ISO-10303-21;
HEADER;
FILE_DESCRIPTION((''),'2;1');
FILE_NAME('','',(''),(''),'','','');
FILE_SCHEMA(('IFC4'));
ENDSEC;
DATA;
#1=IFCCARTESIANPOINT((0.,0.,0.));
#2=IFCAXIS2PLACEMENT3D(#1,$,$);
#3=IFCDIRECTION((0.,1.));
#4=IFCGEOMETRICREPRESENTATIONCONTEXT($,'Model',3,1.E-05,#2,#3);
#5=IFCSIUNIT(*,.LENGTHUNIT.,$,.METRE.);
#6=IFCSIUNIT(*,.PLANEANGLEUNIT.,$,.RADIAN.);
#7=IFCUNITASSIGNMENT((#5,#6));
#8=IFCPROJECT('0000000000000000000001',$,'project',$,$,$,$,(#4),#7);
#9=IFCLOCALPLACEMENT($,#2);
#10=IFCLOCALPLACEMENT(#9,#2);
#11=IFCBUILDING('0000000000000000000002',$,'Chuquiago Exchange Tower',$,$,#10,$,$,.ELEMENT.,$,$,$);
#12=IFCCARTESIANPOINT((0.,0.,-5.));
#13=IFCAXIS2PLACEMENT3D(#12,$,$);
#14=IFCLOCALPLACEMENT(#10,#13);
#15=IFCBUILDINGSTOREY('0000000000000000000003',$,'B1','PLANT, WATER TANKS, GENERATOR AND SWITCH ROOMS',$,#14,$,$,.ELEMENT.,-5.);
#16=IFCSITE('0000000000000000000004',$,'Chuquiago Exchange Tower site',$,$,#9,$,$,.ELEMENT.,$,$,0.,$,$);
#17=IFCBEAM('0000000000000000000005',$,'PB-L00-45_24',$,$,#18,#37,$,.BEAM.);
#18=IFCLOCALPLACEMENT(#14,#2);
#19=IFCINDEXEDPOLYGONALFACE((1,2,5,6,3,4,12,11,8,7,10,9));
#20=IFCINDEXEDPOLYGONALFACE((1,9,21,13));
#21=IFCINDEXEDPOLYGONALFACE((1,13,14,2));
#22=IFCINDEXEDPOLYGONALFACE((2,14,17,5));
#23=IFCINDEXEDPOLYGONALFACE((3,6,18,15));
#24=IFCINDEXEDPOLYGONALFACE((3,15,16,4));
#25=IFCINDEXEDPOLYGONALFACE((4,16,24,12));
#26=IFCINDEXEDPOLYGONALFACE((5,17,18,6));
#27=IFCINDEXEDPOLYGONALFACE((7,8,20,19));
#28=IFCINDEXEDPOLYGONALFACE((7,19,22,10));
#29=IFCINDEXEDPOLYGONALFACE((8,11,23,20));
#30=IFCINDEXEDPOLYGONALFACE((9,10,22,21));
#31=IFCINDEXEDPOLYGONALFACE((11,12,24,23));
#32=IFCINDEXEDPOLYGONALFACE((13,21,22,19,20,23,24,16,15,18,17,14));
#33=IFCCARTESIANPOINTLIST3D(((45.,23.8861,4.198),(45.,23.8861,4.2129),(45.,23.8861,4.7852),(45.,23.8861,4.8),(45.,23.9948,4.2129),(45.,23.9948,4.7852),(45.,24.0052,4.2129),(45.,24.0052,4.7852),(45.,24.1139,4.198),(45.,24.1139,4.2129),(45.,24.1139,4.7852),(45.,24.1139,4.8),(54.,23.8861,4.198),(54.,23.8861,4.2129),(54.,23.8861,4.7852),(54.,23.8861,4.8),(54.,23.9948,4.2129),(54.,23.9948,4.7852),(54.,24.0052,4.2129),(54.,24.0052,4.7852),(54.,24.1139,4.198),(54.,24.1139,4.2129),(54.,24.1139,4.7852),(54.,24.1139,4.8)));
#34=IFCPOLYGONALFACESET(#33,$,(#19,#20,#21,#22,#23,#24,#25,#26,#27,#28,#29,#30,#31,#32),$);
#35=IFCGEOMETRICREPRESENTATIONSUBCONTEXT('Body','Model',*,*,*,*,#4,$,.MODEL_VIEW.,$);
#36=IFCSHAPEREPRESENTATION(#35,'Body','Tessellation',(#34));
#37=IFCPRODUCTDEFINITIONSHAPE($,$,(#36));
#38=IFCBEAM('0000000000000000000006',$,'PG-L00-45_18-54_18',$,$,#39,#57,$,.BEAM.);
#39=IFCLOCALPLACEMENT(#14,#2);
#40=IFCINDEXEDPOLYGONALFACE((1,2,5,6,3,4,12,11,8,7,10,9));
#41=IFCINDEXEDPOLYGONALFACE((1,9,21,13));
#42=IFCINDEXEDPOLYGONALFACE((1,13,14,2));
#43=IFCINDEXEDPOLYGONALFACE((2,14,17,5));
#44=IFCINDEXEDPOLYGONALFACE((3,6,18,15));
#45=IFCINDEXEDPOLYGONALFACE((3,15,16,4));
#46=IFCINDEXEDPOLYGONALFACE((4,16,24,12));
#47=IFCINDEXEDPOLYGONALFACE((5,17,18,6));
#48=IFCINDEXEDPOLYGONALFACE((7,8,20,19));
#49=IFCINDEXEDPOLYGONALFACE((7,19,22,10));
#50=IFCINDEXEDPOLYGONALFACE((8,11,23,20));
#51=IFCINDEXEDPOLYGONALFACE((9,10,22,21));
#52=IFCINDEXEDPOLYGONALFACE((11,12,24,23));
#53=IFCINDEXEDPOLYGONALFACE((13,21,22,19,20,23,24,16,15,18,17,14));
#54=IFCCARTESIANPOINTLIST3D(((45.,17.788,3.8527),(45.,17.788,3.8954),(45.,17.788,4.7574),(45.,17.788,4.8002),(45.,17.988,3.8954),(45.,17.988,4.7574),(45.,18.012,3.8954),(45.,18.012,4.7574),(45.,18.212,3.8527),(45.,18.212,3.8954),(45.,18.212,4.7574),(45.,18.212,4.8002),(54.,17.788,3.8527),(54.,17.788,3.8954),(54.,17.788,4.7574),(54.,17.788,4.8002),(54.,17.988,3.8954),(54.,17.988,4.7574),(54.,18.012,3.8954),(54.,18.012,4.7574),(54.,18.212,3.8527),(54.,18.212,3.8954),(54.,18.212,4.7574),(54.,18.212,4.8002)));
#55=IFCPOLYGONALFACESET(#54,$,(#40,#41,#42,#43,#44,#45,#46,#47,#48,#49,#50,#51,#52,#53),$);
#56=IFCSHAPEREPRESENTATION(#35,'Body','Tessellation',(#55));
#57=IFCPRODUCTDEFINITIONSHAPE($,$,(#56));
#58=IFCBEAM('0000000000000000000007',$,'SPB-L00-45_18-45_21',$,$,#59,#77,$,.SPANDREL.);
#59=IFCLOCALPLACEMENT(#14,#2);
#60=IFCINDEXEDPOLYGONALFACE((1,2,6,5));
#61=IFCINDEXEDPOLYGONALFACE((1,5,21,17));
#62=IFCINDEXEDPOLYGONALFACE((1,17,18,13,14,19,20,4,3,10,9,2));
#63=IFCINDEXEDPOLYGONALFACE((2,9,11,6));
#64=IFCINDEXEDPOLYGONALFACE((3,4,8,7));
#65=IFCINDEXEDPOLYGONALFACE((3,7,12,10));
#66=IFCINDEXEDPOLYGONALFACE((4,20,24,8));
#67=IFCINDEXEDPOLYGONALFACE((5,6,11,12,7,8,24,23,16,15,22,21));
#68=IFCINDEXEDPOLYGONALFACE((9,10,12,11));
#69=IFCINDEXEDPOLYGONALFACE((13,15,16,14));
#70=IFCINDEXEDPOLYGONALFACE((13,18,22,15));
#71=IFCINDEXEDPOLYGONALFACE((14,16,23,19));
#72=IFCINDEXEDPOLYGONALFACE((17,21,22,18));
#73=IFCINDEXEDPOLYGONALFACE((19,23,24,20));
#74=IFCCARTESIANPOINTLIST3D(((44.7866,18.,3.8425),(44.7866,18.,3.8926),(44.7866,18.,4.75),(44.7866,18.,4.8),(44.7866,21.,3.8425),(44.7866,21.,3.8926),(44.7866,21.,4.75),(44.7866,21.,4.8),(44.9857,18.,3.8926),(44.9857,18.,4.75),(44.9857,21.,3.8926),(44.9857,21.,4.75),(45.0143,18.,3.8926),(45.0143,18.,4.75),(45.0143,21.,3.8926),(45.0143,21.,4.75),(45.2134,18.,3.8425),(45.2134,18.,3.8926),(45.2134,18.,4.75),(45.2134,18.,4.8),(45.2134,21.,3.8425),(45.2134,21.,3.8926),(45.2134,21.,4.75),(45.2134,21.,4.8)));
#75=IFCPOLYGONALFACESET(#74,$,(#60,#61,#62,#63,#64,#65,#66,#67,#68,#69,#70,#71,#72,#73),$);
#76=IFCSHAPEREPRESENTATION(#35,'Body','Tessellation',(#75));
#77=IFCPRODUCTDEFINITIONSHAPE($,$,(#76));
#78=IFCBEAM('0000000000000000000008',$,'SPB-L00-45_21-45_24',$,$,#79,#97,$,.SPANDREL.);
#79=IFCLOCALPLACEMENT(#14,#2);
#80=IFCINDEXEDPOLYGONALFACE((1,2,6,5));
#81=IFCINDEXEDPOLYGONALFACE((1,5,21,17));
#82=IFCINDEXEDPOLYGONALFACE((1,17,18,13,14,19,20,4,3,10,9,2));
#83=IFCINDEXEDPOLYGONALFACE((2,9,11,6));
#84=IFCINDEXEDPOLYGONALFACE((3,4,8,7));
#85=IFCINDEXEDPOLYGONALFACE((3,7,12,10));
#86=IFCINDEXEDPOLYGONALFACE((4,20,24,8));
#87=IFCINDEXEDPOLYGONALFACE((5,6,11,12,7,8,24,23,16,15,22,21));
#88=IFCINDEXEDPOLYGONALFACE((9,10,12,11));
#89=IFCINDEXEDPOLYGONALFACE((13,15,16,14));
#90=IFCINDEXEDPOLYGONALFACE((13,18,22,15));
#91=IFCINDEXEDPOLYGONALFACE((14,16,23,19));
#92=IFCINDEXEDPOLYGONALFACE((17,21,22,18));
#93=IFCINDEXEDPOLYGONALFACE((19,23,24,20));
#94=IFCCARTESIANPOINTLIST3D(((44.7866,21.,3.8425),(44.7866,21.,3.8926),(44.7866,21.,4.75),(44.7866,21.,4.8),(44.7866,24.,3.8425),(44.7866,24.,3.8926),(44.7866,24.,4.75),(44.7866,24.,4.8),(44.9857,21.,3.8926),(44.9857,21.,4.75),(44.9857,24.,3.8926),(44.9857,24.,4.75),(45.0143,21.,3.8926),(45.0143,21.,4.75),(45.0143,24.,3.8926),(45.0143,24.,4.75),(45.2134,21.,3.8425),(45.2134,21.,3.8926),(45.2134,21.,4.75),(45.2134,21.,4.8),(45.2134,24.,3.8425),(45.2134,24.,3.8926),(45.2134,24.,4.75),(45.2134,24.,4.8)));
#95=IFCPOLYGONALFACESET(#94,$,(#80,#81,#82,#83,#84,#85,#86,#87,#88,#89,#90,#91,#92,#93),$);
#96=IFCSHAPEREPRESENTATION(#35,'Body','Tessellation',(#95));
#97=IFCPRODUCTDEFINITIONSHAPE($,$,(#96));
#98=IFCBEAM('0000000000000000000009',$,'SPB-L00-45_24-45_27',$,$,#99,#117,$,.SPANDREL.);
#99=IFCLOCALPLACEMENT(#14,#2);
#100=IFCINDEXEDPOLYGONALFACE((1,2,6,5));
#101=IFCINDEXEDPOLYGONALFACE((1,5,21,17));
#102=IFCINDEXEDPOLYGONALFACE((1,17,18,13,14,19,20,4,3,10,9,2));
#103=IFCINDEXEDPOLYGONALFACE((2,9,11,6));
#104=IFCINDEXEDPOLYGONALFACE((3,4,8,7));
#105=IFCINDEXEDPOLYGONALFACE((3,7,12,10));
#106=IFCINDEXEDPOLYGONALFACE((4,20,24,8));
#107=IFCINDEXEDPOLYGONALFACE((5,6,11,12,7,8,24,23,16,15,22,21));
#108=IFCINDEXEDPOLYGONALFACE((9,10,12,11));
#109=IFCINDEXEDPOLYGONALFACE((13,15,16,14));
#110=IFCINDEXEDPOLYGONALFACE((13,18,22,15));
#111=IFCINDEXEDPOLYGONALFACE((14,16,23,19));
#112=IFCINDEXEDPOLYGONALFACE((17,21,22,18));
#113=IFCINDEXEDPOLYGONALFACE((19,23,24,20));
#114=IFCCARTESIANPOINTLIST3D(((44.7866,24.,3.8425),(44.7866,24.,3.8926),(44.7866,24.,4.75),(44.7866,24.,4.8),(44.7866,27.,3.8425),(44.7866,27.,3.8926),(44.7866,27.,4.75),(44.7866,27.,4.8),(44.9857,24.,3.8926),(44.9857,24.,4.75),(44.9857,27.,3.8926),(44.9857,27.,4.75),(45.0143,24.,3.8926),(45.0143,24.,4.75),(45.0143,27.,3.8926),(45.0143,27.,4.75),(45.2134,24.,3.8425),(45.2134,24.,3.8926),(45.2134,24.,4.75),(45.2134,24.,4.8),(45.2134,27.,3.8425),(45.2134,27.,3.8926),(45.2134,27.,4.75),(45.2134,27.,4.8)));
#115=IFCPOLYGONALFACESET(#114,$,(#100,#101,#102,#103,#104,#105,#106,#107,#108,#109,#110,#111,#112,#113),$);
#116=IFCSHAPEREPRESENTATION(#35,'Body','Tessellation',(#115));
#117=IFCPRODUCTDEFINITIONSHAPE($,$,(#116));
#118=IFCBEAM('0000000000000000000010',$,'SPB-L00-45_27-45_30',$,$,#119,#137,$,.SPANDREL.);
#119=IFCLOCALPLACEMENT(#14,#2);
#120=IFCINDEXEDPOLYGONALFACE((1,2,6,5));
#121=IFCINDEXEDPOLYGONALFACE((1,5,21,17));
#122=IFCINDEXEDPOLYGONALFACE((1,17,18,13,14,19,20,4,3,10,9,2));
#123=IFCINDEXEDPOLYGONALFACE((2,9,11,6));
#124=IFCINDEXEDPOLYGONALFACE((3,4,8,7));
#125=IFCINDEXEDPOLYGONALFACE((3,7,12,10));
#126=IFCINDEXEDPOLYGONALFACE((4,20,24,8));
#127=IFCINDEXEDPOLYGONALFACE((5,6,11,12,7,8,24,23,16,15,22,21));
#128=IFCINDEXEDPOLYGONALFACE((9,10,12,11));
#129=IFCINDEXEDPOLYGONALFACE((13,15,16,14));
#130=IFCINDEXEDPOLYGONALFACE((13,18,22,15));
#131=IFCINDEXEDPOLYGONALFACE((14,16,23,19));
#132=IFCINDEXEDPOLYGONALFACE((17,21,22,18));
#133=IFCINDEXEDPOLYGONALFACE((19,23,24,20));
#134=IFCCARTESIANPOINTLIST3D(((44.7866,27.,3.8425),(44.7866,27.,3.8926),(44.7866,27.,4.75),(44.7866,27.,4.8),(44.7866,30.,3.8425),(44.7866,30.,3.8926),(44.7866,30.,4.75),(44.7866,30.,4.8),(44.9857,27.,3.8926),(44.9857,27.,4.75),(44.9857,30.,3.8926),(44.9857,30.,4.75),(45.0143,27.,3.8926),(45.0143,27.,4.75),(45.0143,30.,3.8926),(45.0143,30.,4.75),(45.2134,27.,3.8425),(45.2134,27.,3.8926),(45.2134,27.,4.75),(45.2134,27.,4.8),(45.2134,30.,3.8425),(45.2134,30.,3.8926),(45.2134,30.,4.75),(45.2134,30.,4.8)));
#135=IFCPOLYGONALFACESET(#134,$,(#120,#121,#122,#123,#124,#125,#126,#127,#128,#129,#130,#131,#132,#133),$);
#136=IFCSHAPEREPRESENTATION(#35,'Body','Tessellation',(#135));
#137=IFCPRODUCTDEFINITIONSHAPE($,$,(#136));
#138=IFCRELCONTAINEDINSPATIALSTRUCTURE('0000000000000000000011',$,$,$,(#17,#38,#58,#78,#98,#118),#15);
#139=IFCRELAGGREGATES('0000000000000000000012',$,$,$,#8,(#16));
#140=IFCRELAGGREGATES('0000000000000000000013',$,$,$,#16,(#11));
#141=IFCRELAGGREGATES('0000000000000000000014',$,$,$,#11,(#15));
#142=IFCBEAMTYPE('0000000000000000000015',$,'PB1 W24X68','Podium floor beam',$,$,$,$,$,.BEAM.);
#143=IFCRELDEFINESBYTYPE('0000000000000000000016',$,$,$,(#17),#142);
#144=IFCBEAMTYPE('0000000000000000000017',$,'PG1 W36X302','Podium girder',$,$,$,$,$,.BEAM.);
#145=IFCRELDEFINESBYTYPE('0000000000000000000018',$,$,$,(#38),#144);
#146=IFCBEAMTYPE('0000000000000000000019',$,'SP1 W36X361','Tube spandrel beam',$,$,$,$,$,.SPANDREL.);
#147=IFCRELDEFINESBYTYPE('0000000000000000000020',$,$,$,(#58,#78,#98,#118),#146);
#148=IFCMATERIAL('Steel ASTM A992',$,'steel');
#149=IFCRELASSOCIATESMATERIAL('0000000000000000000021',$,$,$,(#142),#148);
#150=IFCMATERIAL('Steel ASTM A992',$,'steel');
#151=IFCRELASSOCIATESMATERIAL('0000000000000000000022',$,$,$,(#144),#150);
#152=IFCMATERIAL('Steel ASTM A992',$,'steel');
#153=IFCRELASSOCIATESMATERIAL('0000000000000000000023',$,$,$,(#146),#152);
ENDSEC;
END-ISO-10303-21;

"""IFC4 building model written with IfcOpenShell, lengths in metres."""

from ifc_helpers import new_model, si_unit, direction, frame, origin, origin_2d, place, context, subcontext, project, spatial, i_section, extrude, material, material_profile, profile_set, type_object, element, save


model = new_model("IFC4")

# Units and contexts
model_context = context("Model", 3, precision=1e-05, world=origin(), true_north=direction((0.0, 1.0)))
body_context = subcontext(model_context, "Body", "Model", "MODEL_VIEW")
ifc_project = project(units=[si_unit("LENGTHUNIT", "METRE"), si_unit("PLANEANGLEUNIT", "RADIAN")], contexts=[model_context])

# Site, building, storey
site_placement = place(None, origin())
site = spatial("IfcSite", under=ifc_project, at=site_placement, Name="Chuquiago Exchange Tower site", CompositionType="ELEMENT", RefElevation=0.0)
building_placement = place(site_placement, origin())
building = spatial("IfcBuilding", under=site, at=building_placement, Name="Chuquiago Exchange Tower", CompositionType="ELEMENT")
storey_placement = place(building_placement, frame((0.0, 0.0, -5.0)))
storey = spatial("IfcBuildingStorey", under=building, at=storey_placement, Name="B1", Description="PLANT, WATER TANKS, GENERATOR AND SWITCH ROOMS", CompositionType="ELEMENT", Elevation=-5.0)

# Beams
ifc_material_1 = material(Name="Steel ASTM A992", Category="steel")
ifc_material_profile_1 = material_profile(ifc_material_1, i_section(OverallWidth=0.2278, OverallDepth=0.6021, WebThickness=0.0105, FlangeThickness=0.0149, at=origin_2d()), Name="W24X68")
ifc_profile_set_1 = profile_set([ifc_material_profile_1], Name="Steel ASTM A992")
beam_type_1 = type_object("IfcBeamType", Name="PB1 W24X68", Description="Podium floor beam", PredefinedType="BEAM", material=ifc_profile_set_1)
for number, where, z_axis, x_axis, name in (
    (1, (45.0, 24.0, 4.499), (1.0, 0.0, 0.0), (0.0, 1.0, 0.0), "PB-L00-45_24"),
):
    element("IfcBeam", number, at=place(storey_placement, frame(where, z_axis=z_axis, x_axis=x_axis)), inside=storey, type_object=beam_type_1, Name=name, PredefinedType="BEAM", context=body_context, shape_type="SweptSolid", body=[
        extrude(i_section(OverallWidth=0.2278, OverallDepth=0.6021, WebThickness=0.0105, FlangeThickness=0.0149, at=origin_2d()), origin(), (0.0, 0.0, 1.0), 9.0),
    ])
ifc_material_2 = material(Name="Steel ASTM A992", Category="steel")
ifc_material_profile_2 = material_profile(ifc_material_2, i_section(OverallWidth=0.4241, OverallDepth=0.9475, WebThickness=0.0239, FlangeThickness=0.0427, at=origin_2d()), Name="W36X302")
ifc_profile_set_2 = profile_set([ifc_material_profile_2], Name="Steel ASTM A992")
beam_type_2 = type_object("IfcBeamType", Name="PG1 W36X302", Description="Podium girder", PredefinedType="BEAM", material=ifc_profile_set_2)
beam_placement = place(storey_placement, frame((45.0, 18.0, 4.3264), z_axis=(1.0, 0.0, 0.0), x_axis=(0.0, 1.0, 0.0)))
element("IfcBeam", 2, at=beam_placement, inside=storey, type_object=beam_type_2, Name="PG-L00-45_18-54_18", PredefinedType="BEAM", context=body_context, shape_type="SweptSolid", body=[
    extrude(i_section(OverallWidth=0.4241, OverallDepth=0.9475, WebThickness=0.0239, FlangeThickness=0.0427, at=origin_2d()), origin(), (0.0, 0.0, 1.0), 9.0),
])
ifc_material_3 = material(Name="Steel ASTM A992", Category="steel")
ifc_material_profile_3 = material_profile(ifc_material_3, i_section(OverallWidth=0.4268, OverallDepth=0.9575, WebThickness=0.0286, FlangeThickness=0.05, at=origin_2d()), Name="W36X361")
ifc_profile_set_3 = profile_set([ifc_material_profile_3], Name="Steel ASTM A992")
beam_type_3 = type_object("IfcBeamType", Name="SP1 W36X361", Description="Tube spandrel beam", PredefinedType="SPANDREL", material=ifc_profile_set_3)
for number, where, z_axis, x_axis, name in (
    (3, (45.0, 18.0, 4.3213), (0.0, 1.0, 0.0), (-1.0, 0.0, 0.0), "SPB-L00-45_18-45_21"),
    (4, (45.0, 21.0, 4.3213), (0.0, 1.0, 0.0), (-1.0, 0.0, 0.0), "SPB-L00-45_21-45_24"),
    (5, (45.0, 24.0, 4.3213), (0.0, 1.0, 0.0), (-1.0, 0.0, 0.0), "SPB-L00-45_24-45_27"),
    (6, (45.0, 27.0, 4.3213), (0.0, 1.0, 0.0), (-1.0, 0.0, 0.0), "SPB-L00-45_27-45_30"),
):
    element("IfcBeam", number, at=place(storey_placement, frame(where, z_axis=z_axis, x_axis=x_axis)), inside=storey, type_object=beam_type_3, Name=name, PredefinedType="SPANDREL", context=body_context, shape_type="SweptSolid", body=[
        extrude(i_section(OverallWidth=0.4268, OverallDepth=0.9575, WebThickness=0.0286, FlangeThickness=0.05, at=origin_2d()), origin(), (0.0, 0.0, 1.0), 3.0),
    ])

save(model, "model.ifc")
